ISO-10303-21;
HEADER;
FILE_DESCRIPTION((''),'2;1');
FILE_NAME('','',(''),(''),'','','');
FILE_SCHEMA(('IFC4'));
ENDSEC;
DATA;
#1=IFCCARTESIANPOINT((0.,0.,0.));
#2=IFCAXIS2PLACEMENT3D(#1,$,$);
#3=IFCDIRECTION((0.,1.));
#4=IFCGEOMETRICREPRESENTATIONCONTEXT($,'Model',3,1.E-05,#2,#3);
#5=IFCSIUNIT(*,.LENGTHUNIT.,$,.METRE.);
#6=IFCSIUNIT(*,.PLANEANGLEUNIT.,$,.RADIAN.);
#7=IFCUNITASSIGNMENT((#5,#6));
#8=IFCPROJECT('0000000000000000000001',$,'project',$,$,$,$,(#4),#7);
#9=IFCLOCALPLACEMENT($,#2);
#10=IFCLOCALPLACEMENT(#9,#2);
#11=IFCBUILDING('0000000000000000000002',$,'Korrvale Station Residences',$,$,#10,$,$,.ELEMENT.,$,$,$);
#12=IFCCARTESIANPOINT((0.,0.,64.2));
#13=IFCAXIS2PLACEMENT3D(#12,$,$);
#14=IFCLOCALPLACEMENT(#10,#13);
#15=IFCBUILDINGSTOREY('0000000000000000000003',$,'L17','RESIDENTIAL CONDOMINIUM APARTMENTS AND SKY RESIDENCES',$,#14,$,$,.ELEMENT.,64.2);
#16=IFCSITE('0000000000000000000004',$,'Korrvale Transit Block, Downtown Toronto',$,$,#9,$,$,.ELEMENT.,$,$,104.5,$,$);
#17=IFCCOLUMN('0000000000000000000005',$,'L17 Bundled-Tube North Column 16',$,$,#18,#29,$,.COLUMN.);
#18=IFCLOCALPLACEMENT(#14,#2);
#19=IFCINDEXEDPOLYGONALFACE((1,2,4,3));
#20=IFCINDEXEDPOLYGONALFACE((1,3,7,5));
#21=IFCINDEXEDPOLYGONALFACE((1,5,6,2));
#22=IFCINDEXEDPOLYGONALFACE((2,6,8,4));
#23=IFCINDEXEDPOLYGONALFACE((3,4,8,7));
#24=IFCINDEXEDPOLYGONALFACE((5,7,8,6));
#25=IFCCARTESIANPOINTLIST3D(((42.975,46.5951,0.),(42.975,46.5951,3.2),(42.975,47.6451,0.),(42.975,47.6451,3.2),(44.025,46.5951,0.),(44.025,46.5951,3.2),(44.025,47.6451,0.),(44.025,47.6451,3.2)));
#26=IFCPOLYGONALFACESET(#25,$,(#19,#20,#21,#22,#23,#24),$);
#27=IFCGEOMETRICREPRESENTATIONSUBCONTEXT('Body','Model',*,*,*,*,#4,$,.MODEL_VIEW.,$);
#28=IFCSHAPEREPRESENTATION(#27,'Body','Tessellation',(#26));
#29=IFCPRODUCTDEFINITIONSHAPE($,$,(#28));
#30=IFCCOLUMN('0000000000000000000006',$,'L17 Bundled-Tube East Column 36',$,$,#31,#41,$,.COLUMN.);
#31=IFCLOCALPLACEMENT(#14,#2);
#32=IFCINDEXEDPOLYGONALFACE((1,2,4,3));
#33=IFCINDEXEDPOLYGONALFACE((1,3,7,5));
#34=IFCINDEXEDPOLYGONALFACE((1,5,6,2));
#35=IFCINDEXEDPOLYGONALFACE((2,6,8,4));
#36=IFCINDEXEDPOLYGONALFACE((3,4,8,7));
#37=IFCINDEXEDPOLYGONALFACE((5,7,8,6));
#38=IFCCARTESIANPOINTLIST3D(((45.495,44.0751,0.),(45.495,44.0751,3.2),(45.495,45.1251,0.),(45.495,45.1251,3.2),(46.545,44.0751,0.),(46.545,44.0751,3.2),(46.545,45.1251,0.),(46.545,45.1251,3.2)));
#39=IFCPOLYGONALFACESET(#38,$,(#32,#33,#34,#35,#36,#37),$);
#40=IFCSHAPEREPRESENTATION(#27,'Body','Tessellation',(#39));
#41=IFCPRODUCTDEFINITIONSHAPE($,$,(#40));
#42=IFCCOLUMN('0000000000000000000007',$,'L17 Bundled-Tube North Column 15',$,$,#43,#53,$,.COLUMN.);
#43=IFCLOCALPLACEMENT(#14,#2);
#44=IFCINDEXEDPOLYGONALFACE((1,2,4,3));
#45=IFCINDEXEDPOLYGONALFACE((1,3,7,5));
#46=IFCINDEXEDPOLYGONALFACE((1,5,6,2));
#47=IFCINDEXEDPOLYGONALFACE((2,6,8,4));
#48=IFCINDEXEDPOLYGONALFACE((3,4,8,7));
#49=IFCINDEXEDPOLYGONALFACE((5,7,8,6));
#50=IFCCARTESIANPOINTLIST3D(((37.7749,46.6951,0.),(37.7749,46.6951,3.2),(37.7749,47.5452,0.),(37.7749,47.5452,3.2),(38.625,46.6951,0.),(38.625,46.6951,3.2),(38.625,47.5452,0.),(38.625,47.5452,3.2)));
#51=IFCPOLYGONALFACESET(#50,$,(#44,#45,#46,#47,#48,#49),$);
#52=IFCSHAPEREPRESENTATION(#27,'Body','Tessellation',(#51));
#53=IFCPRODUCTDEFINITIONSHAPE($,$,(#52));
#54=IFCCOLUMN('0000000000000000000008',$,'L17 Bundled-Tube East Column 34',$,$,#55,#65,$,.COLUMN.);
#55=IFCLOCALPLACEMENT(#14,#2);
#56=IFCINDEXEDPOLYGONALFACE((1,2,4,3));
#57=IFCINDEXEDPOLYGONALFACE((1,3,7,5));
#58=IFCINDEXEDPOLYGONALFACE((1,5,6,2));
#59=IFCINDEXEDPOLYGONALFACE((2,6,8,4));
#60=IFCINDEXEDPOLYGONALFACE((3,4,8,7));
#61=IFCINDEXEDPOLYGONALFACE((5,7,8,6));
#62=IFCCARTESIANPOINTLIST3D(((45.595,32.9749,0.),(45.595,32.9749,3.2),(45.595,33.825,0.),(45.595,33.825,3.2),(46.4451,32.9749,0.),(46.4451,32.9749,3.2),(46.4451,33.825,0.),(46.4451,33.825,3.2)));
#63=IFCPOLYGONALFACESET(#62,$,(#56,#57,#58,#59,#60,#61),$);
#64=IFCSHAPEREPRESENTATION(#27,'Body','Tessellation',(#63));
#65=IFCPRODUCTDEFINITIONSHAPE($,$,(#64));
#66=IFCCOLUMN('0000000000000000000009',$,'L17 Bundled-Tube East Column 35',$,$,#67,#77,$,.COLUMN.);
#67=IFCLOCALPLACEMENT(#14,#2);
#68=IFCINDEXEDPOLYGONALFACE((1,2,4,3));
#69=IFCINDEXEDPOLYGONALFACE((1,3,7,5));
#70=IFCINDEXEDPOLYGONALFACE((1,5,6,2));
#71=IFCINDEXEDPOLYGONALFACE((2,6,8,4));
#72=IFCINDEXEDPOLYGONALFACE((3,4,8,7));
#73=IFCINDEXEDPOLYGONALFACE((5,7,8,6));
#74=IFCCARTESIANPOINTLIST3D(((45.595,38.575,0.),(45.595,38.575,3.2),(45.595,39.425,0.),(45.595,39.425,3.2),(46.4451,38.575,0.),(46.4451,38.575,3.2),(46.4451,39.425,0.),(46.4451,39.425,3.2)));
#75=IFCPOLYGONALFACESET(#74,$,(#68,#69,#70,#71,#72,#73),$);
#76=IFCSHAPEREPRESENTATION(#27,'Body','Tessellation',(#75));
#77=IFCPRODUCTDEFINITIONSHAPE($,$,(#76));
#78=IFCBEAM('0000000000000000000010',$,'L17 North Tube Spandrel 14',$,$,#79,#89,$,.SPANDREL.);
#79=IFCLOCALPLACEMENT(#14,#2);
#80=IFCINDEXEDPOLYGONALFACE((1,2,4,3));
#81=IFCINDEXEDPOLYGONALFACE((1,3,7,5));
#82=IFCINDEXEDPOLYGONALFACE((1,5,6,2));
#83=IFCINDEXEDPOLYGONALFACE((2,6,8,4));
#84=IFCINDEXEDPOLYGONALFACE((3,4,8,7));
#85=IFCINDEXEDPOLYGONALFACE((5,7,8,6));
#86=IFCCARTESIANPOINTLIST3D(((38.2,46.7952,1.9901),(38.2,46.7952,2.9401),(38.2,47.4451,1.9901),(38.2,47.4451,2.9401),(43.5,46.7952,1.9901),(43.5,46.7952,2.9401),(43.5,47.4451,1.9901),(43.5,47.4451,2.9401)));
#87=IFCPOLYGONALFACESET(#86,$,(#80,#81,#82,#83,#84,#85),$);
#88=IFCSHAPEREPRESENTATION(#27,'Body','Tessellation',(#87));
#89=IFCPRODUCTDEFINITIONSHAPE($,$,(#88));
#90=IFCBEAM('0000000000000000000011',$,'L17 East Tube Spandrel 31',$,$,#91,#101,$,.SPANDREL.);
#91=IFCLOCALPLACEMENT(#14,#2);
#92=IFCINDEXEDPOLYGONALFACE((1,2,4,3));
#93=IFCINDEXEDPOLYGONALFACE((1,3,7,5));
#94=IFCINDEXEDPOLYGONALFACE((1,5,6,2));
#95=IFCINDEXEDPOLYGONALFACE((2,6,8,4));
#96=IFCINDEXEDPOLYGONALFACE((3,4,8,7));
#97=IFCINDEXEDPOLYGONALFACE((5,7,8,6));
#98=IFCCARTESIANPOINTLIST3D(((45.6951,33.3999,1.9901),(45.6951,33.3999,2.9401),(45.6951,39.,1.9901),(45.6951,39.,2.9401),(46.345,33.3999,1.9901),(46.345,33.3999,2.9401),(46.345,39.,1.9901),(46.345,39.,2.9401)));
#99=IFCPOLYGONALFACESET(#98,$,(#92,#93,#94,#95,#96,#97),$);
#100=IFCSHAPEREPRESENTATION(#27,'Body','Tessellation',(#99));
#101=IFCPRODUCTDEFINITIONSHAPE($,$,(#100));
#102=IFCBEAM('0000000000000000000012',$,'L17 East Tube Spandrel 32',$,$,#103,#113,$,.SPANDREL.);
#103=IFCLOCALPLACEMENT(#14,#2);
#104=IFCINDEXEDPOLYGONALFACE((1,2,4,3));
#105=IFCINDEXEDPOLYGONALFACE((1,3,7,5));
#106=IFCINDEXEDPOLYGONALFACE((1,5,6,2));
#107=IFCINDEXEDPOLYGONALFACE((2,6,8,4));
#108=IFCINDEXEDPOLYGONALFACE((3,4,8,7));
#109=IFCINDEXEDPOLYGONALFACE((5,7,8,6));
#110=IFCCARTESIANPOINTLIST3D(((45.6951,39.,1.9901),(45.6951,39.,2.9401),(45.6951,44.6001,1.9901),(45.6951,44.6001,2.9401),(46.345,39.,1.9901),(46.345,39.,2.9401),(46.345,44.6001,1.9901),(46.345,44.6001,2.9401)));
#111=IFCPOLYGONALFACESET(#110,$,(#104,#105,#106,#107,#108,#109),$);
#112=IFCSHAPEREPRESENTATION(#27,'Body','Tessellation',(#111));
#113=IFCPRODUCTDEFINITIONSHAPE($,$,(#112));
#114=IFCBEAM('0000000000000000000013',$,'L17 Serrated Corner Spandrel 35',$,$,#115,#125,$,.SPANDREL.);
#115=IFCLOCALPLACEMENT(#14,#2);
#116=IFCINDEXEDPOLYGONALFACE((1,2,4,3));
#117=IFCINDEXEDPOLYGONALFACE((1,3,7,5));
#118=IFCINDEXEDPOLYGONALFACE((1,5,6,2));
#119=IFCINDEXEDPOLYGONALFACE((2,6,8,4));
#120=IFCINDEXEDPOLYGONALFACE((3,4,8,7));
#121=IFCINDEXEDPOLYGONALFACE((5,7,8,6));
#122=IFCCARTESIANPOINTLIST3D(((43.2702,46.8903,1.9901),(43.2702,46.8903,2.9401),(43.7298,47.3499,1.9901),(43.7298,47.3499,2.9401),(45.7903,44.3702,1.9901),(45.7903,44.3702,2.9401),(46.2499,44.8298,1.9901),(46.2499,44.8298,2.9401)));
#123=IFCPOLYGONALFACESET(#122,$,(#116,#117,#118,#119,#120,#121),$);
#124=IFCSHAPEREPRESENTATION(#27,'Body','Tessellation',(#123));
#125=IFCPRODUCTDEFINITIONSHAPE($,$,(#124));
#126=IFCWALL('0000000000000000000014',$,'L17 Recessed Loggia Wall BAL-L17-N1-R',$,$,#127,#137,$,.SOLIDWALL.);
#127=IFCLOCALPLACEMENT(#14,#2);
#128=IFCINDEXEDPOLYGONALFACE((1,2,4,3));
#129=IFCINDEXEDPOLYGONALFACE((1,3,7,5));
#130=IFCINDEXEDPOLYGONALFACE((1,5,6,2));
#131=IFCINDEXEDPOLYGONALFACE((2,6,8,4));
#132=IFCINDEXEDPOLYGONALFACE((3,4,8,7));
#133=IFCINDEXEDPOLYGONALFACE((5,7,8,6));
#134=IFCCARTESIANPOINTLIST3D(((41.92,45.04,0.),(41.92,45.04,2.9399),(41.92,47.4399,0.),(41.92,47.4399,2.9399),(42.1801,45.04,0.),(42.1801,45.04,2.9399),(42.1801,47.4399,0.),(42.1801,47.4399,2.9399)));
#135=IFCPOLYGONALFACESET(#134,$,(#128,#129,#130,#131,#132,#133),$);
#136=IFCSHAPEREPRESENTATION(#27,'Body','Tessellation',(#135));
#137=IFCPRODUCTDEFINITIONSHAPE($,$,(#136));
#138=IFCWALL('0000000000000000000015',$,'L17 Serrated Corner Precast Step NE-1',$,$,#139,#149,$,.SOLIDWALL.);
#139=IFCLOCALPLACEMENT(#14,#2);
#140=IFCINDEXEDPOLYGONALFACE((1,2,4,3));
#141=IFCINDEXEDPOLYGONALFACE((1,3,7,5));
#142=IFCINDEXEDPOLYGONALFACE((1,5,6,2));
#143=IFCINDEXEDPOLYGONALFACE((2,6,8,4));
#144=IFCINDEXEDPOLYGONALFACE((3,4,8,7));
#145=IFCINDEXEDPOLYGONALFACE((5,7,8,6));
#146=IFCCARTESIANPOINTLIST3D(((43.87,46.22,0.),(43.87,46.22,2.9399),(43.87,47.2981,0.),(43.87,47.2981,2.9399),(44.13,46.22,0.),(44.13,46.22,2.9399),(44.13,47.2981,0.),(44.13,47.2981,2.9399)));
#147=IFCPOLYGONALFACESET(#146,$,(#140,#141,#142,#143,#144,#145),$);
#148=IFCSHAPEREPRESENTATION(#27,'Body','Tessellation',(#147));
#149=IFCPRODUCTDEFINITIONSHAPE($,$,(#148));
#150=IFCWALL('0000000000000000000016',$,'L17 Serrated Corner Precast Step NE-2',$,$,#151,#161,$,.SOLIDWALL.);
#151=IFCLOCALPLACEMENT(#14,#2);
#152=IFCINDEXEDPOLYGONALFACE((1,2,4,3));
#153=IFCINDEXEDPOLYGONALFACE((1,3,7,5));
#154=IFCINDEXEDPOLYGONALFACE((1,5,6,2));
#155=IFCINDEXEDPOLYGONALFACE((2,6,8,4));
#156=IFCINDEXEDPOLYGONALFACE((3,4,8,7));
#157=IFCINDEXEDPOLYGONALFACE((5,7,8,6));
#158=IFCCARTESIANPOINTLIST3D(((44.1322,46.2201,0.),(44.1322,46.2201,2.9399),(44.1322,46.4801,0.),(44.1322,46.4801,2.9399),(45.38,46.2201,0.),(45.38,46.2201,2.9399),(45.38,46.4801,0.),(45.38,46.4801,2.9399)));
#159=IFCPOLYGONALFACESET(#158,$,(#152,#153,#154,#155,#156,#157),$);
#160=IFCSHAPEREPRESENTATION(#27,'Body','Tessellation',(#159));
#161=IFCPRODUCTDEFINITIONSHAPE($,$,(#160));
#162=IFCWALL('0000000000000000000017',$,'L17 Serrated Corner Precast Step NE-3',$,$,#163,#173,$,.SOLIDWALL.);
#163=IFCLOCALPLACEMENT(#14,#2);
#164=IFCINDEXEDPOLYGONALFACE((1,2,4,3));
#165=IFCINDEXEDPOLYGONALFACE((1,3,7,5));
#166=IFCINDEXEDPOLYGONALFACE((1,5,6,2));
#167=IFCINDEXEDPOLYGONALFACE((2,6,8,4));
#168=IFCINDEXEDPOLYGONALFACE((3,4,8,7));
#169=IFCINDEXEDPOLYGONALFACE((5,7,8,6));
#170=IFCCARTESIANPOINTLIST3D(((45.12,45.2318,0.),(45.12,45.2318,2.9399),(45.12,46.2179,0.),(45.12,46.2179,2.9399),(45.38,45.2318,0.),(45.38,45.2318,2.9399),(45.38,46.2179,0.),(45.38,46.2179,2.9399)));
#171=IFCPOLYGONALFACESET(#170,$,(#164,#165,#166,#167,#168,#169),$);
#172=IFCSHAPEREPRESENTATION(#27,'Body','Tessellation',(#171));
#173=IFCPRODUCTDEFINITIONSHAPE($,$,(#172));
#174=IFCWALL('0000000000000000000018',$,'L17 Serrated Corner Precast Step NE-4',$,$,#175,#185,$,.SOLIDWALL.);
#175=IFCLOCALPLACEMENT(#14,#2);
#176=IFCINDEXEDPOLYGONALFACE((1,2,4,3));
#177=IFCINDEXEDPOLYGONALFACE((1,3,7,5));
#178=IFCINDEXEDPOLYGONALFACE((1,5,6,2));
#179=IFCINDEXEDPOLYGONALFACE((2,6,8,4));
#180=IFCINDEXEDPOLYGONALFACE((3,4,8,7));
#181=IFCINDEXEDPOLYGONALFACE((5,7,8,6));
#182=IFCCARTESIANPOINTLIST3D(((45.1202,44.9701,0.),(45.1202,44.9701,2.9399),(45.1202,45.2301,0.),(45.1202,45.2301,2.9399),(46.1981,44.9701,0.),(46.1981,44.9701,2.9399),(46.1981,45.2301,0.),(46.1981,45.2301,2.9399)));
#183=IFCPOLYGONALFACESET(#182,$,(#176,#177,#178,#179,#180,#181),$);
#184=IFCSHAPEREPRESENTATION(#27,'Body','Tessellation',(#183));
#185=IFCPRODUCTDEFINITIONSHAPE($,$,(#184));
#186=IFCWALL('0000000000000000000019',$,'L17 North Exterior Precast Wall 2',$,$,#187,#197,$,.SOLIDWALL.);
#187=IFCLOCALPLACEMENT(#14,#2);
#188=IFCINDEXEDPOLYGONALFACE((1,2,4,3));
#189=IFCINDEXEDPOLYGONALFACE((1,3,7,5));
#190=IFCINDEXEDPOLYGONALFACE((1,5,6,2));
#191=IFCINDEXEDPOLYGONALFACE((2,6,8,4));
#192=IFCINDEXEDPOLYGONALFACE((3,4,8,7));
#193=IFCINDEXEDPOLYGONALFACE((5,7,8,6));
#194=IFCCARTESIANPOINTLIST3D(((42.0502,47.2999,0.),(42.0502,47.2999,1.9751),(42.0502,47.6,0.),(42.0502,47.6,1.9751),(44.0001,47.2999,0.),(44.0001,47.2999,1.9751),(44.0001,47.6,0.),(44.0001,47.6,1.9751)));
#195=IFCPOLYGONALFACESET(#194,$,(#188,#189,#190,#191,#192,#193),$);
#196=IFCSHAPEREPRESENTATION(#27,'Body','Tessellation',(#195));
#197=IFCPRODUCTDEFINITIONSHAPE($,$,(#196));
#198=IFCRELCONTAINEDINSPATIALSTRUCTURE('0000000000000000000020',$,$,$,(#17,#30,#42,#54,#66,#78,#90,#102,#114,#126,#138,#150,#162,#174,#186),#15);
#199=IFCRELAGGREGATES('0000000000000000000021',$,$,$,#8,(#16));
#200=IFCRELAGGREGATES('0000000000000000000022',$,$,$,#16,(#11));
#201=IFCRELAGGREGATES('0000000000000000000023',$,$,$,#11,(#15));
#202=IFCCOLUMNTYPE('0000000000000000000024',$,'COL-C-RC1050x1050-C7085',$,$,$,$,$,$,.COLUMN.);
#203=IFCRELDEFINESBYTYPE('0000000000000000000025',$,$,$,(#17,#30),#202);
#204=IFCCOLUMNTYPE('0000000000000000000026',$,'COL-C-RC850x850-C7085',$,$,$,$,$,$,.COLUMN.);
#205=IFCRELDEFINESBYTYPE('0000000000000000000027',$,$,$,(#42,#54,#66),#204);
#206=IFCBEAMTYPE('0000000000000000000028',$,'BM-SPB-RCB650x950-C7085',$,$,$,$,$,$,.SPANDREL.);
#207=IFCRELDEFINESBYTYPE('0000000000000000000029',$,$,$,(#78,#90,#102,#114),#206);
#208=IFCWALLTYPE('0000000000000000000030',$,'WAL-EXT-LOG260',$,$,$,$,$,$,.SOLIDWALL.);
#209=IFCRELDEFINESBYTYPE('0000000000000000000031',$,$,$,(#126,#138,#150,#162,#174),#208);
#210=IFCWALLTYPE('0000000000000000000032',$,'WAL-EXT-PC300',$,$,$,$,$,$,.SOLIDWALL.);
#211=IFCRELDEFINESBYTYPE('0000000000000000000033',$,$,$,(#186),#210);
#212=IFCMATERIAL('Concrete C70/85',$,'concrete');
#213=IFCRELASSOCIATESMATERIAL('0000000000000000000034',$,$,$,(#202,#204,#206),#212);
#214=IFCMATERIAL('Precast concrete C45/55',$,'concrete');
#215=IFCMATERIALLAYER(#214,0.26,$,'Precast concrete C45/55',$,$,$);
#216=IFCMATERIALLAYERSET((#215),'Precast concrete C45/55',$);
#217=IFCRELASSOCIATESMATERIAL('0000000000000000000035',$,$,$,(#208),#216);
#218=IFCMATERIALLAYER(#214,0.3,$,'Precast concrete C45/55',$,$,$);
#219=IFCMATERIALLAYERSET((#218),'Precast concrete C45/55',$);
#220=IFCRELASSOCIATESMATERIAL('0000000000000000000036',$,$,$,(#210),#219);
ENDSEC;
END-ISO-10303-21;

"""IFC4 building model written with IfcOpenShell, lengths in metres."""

from ifc_helpers import new_model, si_unit, direction, frame, frame_2d, origin, origin_2d, place, context, subcontext, project, spatial, rectangle, extrude, material, layer, layer_set, material_profile, profile_set, type_object, element, save


model = new_model("IFC4")

# Units and contexts
model_context = context("Model", 3, precision=1e-05, world=origin(), true_north=direction((0.0, 1.0)))
body_context = subcontext(model_context, "Body", "Model", "MODEL_VIEW")
ifc_project = project(units=[si_unit("LENGTHUNIT", "METRE"), si_unit("PLANEANGLEUNIT", "RADIAN")], contexts=[model_context])

# Site, building, storey
site_placement = place(None, origin())
site = spatial("IfcSite", under=ifc_project, at=site_placement, Name="Korrvale Transit Block, Downtown Toronto", CompositionType="ELEMENT", RefElevation=104.5)
building_placement = place(site_placement, origin())
building = spatial("IfcBuilding", under=site, at=building_placement, Name="Korrvale Station Residences", CompositionType="ELEMENT")
storey_placement = place(building_placement, frame((0.0, 0.0, 64.2)))
storey = spatial("IfcBuildingStorey", under=building, at=storey_placement, Name="L17", Description="RESIDENTIAL CONDOMINIUM APARTMENTS AND SKY RESIDENCES", CompositionType="ELEMENT", Elevation=64.2)

# Columns
ifc_material_1 = material(Name="Concrete C70/85", Category="concrete")
ifc_material_profile_1 = material_profile(ifc_material_1, rectangle(XDim=1.05, YDim=1.05, at=origin_2d()), Name="RC1050x1050")
ifc_profile_set_1 = profile_set([ifc_material_profile_1], Name="Concrete C70/85")
column_type_1 = type_object("IfcColumnType", Name="COL-C-RC1050x1050-C7085", PredefinedType="COLUMN", material=ifc_profile_set_1)
for number, where, z_axis, x_axis, name in (
    (1, (43.5, 47.1201, 0.0), (0.0, 0.0, 1.0), (1.0, 0.0, 0.0), "L17 Bundled-Tube North Column 16"),
    (2, (46.02, 44.6001, 0.0), (0.0, 0.0, 1.0), (1.0, 0.0, 0.0), "L17 Bundled-Tube East Column 36"),
):
    element("IfcColumn", number, at=place(storey_placement, frame(where, z_axis=z_axis, x_axis=x_axis)), inside=storey, type_object=column_type_1, Name=name, PredefinedType="COLUMN", context=body_context, shape_type="SweptSolid", body=[
        extrude(rectangle(XDim=1.05, YDim=1.05, at=origin_2d()), origin(), (0.0, 0.0, 1.0), 3.2),
    ])
ifc_material_profile_2 = material_profile(ifc_material_1, rectangle(XDim=0.8501, YDim=0.8501, at=origin_2d()), Name="RC850x850")
ifc_profile_set_2 = profile_set([ifc_material_profile_2], Name="Concrete C70/85")
column_type_2 = type_object("IfcColumnType", Name="COL-C-RC850x850-C7085", PredefinedType="COLUMN", material=ifc_profile_set_2)
for number, where, z_axis, x_axis, name in (
    (3, (38.2, 47.1201, 0.0), (0.0, 0.0, 1.0), (1.0, 0.0, 0.0), "L17 Bundled-Tube North Column 15"),
    (4, (46.02, 33.3999, 0.0), (0.0, 0.0, 1.0), (1.0, 0.0, 0.0), "L17 Bundled-Tube East Column 34"),
    (5, (46.02, 39.0, 0.0), (0.0, 0.0, 1.0), (1.0, 0.0, 0.0), "L17 Bundled-Tube East Column 35"),
):
    element("IfcColumn", number, at=place(storey_placement, frame(where, z_axis=z_axis, x_axis=x_axis)), inside=storey, type_object=column_type_2, Name=name, PredefinedType="COLUMN", context=body_context, shape_type="SweptSolid", body=[
        extrude(rectangle(XDim=0.8501, YDim=0.8501, at=origin_2d()), origin(), (0.0, 0.0, 1.0), 3.2),
    ])

# Beams
ifc_material_profile_3 = material_profile(ifc_material_1, rectangle(XDim=0.6499, YDim=0.95, at=origin_2d()), Name="RCB650x950")
ifc_profile_set_3 = profile_set([ifc_material_profile_3], Name="Concrete C70/85")
beam_type = type_object("IfcBeamType", Name="BM-SPB-RCB650x950-C7085", PredefinedType="SPANDREL", material=ifc_profile_set_3)
beam_1_placement = place(storey_placement, frame((38.2, 47.1201, 2.4651), z_axis=(1.0, 0.0, 0.0), x_axis=(0.0, 1.0, 0.0)))
element("IfcBeam", 6, at=beam_1_placement, inside=storey, type_object=beam_type, Name="L17 North Tube Spandrel 14", PredefinedType="SPANDREL", context=body_context, shape_type="SweptSolid", body=[
    extrude(rectangle(XDim=0.6499, YDim=0.95, at=origin_2d()), origin(), (0.0, 0.0, 1.0), 5.3),
])
for number, where, z_axis, x_axis, name in (
    (7, (46.02, 33.3999, 2.4651), (0.0, 1.0, 0.0), (-1.0, 0.0, 0.0), "L17 East Tube Spandrel 31"),
    (8, (46.02, 39.0, 2.4651), (0.0, 1.0, 0.0), (-1.0, 0.0, 0.0), "L17 East Tube Spandrel 32"),
):
    element("IfcBeam", number, at=place(storey_placement, frame(where, z_axis=z_axis, x_axis=x_axis)), inside=storey, type_object=beam_type, Name=name, PredefinedType="SPANDREL", context=body_context, shape_type="SweptSolid", body=[
        extrude(rectangle(XDim=0.6499, YDim=0.95, at=origin_2d()), origin(), (0.0, 0.0, 1.0), 5.6001),
    ])
beam_2_placement = place(storey_placement, frame((43.5, 47.1201, 2.4651), z_axis=(0.707107, -0.707107, 0.0), x_axis=(0.707107, 0.707107, 0.0)))
element("IfcBeam", 9, at=beam_2_placement, inside=storey, type_object=beam_type, Name="L17 Serrated Corner Spandrel 35", PredefinedType="SPANDREL", context=body_context, shape_type="SweptSolid", body=[
    extrude(rectangle(XDim=0.6499, YDim=0.95, at=origin_2d()), origin(), (0.0, 0.0, 1.0), 3.564),
])

# Walls
ifc_material_2 = material(Name="Precast concrete C45/55", Category="concrete")
ifc_layer_1 = layer(ifc_material_2, 0.26, Name="Precast concrete C45/55")
ifc_layer_set_1 = layer_set([ifc_layer_1], Name="Precast concrete C45/55")
wall_type_1 = type_object("IfcWallType", Name="WAL-EXT-LOG260", PredefinedType="SOLIDWALL", material=ifc_layer_set_1)
wall_1_placement = place(storey_placement, frame((42.05, 45.04, 0.0), z_axis=(0.0, 0.0, 1.0), x_axis=(0.0, 1.0, 0.0)))
element("IfcWall", 10, at=wall_1_placement, inside=storey, type_object=wall_type_1, Name="L17 Recessed Loggia Wall BAL-L17-N1-R", PredefinedType="SOLIDWALL", context=body_context, shape_type="SweptSolid", body=[
    extrude(rectangle(XDim=2.3999, YDim=0.26, at=frame_2d((1.2, 0.0))), origin(), (0.0, 0.0, 1.0), 2.9399),
])
wall_2_placement = place(storey_placement, frame((44.0, 47.2981, 0.0), z_axis=(0.0, 0.0, 1.0), x_axis=(0.0, -1.0, 0.0)))
element("IfcWall", 11, at=wall_2_placement, inside=storey, type_object=wall_type_1, Name="L17 Serrated Corner Precast Step NE-1", PredefinedType="SOLIDWALL", context=body_context, shape_type="SweptSolid", body=[
    extrude(rectangle(XDim=1.0781, YDim=0.26, at=frame_2d((0.5391, 0.0))), origin(), (0.0, 0.0, 1.0), 2.9399),
])
wall_3_placement = place(storey_placement, frame((44.1321, 46.3501, 0.0), z_axis=(0.0, 0.0, 1.0), x_axis=(1.0, 0.0, 0.0)))
element("IfcWall", 12, at=wall_3_placement, inside=storey, type_object=wall_type_1, Name="L17 Serrated Corner Precast Step NE-2", PredefinedType="SOLIDWALL", context=body_context, shape_type="SweptSolid", body=[
    extrude(rectangle(XDim=1.2478, YDim=0.26, at=frame_2d((0.624, 0.0))), origin(), (0.0, 0.0, 1.0), 2.9399),
])
wall_4_placement = place(storey_placement, frame((45.25, 46.218, 0.0), z_axis=(0.0, 0.0, 1.0), x_axis=(0.0, -1.0, 0.0)))
element("IfcWall", 13, at=wall_4_placement, inside=storey, type_object=wall_type_1, Name="L17 Serrated Corner Precast Step NE-3", PredefinedType="SOLIDWALL", context=body_context, shape_type="SweptSolid", body=[
    extrude(rectangle(XDim=0.9861, YDim=0.26, at=frame_2d((0.4932, 0.0))), origin(), (0.0, 0.0, 1.0), 2.9399),
])
wall_5_placement = place(storey_placement, frame((45.1201, 45.1001, 0.0), z_axis=(0.0, 0.0, 1.0), x_axis=(1.0, 0.0, 0.0)))
element("IfcWall", 14, at=wall_5_placement, inside=storey, type_object=wall_type_1, Name="L17 Serrated Corner Precast Step NE-4", PredefinedType="SOLIDWALL", context=body_context, shape_type="SweptSolid", body=[
    extrude(rectangle(XDim=1.0779, YDim=0.26, at=frame_2d((0.5391, 0.0))), origin(), (0.0, 0.0, 1.0), 2.9399),
])
ifc_layer_2 = layer(ifc_material_2, 0.3, Name="Precast concrete C45/55")
ifc_layer_set_2 = layer_set([ifc_layer_2], Name="Precast concrete C45/55")
wall_type_2 = type_object("IfcWallType", Name="WAL-EXT-PC300", PredefinedType="SOLIDWALL", material=ifc_layer_set_2)
wall_6_placement = place(storey_placement, frame((42.05, 47.45, 0.0), z_axis=(0.0, 0.0, 1.0), x_axis=(1.0, 0.0, 0.0)))
element("IfcWall", 15, at=wall_6_placement, inside=storey, type_object=wall_type_2, Name="L17 North Exterior Precast Wall 2", PredefinedType="SOLIDWALL", context=body_context, shape_type="SweptSolid", body=[
    extrude(rectangle(XDim=1.95, YDim=0.3, at=frame_2d((0.9751, 0.0))), origin(), (0.0, 0.0, 1.0), 1.9751),
])

save(model, "model.ifc")
